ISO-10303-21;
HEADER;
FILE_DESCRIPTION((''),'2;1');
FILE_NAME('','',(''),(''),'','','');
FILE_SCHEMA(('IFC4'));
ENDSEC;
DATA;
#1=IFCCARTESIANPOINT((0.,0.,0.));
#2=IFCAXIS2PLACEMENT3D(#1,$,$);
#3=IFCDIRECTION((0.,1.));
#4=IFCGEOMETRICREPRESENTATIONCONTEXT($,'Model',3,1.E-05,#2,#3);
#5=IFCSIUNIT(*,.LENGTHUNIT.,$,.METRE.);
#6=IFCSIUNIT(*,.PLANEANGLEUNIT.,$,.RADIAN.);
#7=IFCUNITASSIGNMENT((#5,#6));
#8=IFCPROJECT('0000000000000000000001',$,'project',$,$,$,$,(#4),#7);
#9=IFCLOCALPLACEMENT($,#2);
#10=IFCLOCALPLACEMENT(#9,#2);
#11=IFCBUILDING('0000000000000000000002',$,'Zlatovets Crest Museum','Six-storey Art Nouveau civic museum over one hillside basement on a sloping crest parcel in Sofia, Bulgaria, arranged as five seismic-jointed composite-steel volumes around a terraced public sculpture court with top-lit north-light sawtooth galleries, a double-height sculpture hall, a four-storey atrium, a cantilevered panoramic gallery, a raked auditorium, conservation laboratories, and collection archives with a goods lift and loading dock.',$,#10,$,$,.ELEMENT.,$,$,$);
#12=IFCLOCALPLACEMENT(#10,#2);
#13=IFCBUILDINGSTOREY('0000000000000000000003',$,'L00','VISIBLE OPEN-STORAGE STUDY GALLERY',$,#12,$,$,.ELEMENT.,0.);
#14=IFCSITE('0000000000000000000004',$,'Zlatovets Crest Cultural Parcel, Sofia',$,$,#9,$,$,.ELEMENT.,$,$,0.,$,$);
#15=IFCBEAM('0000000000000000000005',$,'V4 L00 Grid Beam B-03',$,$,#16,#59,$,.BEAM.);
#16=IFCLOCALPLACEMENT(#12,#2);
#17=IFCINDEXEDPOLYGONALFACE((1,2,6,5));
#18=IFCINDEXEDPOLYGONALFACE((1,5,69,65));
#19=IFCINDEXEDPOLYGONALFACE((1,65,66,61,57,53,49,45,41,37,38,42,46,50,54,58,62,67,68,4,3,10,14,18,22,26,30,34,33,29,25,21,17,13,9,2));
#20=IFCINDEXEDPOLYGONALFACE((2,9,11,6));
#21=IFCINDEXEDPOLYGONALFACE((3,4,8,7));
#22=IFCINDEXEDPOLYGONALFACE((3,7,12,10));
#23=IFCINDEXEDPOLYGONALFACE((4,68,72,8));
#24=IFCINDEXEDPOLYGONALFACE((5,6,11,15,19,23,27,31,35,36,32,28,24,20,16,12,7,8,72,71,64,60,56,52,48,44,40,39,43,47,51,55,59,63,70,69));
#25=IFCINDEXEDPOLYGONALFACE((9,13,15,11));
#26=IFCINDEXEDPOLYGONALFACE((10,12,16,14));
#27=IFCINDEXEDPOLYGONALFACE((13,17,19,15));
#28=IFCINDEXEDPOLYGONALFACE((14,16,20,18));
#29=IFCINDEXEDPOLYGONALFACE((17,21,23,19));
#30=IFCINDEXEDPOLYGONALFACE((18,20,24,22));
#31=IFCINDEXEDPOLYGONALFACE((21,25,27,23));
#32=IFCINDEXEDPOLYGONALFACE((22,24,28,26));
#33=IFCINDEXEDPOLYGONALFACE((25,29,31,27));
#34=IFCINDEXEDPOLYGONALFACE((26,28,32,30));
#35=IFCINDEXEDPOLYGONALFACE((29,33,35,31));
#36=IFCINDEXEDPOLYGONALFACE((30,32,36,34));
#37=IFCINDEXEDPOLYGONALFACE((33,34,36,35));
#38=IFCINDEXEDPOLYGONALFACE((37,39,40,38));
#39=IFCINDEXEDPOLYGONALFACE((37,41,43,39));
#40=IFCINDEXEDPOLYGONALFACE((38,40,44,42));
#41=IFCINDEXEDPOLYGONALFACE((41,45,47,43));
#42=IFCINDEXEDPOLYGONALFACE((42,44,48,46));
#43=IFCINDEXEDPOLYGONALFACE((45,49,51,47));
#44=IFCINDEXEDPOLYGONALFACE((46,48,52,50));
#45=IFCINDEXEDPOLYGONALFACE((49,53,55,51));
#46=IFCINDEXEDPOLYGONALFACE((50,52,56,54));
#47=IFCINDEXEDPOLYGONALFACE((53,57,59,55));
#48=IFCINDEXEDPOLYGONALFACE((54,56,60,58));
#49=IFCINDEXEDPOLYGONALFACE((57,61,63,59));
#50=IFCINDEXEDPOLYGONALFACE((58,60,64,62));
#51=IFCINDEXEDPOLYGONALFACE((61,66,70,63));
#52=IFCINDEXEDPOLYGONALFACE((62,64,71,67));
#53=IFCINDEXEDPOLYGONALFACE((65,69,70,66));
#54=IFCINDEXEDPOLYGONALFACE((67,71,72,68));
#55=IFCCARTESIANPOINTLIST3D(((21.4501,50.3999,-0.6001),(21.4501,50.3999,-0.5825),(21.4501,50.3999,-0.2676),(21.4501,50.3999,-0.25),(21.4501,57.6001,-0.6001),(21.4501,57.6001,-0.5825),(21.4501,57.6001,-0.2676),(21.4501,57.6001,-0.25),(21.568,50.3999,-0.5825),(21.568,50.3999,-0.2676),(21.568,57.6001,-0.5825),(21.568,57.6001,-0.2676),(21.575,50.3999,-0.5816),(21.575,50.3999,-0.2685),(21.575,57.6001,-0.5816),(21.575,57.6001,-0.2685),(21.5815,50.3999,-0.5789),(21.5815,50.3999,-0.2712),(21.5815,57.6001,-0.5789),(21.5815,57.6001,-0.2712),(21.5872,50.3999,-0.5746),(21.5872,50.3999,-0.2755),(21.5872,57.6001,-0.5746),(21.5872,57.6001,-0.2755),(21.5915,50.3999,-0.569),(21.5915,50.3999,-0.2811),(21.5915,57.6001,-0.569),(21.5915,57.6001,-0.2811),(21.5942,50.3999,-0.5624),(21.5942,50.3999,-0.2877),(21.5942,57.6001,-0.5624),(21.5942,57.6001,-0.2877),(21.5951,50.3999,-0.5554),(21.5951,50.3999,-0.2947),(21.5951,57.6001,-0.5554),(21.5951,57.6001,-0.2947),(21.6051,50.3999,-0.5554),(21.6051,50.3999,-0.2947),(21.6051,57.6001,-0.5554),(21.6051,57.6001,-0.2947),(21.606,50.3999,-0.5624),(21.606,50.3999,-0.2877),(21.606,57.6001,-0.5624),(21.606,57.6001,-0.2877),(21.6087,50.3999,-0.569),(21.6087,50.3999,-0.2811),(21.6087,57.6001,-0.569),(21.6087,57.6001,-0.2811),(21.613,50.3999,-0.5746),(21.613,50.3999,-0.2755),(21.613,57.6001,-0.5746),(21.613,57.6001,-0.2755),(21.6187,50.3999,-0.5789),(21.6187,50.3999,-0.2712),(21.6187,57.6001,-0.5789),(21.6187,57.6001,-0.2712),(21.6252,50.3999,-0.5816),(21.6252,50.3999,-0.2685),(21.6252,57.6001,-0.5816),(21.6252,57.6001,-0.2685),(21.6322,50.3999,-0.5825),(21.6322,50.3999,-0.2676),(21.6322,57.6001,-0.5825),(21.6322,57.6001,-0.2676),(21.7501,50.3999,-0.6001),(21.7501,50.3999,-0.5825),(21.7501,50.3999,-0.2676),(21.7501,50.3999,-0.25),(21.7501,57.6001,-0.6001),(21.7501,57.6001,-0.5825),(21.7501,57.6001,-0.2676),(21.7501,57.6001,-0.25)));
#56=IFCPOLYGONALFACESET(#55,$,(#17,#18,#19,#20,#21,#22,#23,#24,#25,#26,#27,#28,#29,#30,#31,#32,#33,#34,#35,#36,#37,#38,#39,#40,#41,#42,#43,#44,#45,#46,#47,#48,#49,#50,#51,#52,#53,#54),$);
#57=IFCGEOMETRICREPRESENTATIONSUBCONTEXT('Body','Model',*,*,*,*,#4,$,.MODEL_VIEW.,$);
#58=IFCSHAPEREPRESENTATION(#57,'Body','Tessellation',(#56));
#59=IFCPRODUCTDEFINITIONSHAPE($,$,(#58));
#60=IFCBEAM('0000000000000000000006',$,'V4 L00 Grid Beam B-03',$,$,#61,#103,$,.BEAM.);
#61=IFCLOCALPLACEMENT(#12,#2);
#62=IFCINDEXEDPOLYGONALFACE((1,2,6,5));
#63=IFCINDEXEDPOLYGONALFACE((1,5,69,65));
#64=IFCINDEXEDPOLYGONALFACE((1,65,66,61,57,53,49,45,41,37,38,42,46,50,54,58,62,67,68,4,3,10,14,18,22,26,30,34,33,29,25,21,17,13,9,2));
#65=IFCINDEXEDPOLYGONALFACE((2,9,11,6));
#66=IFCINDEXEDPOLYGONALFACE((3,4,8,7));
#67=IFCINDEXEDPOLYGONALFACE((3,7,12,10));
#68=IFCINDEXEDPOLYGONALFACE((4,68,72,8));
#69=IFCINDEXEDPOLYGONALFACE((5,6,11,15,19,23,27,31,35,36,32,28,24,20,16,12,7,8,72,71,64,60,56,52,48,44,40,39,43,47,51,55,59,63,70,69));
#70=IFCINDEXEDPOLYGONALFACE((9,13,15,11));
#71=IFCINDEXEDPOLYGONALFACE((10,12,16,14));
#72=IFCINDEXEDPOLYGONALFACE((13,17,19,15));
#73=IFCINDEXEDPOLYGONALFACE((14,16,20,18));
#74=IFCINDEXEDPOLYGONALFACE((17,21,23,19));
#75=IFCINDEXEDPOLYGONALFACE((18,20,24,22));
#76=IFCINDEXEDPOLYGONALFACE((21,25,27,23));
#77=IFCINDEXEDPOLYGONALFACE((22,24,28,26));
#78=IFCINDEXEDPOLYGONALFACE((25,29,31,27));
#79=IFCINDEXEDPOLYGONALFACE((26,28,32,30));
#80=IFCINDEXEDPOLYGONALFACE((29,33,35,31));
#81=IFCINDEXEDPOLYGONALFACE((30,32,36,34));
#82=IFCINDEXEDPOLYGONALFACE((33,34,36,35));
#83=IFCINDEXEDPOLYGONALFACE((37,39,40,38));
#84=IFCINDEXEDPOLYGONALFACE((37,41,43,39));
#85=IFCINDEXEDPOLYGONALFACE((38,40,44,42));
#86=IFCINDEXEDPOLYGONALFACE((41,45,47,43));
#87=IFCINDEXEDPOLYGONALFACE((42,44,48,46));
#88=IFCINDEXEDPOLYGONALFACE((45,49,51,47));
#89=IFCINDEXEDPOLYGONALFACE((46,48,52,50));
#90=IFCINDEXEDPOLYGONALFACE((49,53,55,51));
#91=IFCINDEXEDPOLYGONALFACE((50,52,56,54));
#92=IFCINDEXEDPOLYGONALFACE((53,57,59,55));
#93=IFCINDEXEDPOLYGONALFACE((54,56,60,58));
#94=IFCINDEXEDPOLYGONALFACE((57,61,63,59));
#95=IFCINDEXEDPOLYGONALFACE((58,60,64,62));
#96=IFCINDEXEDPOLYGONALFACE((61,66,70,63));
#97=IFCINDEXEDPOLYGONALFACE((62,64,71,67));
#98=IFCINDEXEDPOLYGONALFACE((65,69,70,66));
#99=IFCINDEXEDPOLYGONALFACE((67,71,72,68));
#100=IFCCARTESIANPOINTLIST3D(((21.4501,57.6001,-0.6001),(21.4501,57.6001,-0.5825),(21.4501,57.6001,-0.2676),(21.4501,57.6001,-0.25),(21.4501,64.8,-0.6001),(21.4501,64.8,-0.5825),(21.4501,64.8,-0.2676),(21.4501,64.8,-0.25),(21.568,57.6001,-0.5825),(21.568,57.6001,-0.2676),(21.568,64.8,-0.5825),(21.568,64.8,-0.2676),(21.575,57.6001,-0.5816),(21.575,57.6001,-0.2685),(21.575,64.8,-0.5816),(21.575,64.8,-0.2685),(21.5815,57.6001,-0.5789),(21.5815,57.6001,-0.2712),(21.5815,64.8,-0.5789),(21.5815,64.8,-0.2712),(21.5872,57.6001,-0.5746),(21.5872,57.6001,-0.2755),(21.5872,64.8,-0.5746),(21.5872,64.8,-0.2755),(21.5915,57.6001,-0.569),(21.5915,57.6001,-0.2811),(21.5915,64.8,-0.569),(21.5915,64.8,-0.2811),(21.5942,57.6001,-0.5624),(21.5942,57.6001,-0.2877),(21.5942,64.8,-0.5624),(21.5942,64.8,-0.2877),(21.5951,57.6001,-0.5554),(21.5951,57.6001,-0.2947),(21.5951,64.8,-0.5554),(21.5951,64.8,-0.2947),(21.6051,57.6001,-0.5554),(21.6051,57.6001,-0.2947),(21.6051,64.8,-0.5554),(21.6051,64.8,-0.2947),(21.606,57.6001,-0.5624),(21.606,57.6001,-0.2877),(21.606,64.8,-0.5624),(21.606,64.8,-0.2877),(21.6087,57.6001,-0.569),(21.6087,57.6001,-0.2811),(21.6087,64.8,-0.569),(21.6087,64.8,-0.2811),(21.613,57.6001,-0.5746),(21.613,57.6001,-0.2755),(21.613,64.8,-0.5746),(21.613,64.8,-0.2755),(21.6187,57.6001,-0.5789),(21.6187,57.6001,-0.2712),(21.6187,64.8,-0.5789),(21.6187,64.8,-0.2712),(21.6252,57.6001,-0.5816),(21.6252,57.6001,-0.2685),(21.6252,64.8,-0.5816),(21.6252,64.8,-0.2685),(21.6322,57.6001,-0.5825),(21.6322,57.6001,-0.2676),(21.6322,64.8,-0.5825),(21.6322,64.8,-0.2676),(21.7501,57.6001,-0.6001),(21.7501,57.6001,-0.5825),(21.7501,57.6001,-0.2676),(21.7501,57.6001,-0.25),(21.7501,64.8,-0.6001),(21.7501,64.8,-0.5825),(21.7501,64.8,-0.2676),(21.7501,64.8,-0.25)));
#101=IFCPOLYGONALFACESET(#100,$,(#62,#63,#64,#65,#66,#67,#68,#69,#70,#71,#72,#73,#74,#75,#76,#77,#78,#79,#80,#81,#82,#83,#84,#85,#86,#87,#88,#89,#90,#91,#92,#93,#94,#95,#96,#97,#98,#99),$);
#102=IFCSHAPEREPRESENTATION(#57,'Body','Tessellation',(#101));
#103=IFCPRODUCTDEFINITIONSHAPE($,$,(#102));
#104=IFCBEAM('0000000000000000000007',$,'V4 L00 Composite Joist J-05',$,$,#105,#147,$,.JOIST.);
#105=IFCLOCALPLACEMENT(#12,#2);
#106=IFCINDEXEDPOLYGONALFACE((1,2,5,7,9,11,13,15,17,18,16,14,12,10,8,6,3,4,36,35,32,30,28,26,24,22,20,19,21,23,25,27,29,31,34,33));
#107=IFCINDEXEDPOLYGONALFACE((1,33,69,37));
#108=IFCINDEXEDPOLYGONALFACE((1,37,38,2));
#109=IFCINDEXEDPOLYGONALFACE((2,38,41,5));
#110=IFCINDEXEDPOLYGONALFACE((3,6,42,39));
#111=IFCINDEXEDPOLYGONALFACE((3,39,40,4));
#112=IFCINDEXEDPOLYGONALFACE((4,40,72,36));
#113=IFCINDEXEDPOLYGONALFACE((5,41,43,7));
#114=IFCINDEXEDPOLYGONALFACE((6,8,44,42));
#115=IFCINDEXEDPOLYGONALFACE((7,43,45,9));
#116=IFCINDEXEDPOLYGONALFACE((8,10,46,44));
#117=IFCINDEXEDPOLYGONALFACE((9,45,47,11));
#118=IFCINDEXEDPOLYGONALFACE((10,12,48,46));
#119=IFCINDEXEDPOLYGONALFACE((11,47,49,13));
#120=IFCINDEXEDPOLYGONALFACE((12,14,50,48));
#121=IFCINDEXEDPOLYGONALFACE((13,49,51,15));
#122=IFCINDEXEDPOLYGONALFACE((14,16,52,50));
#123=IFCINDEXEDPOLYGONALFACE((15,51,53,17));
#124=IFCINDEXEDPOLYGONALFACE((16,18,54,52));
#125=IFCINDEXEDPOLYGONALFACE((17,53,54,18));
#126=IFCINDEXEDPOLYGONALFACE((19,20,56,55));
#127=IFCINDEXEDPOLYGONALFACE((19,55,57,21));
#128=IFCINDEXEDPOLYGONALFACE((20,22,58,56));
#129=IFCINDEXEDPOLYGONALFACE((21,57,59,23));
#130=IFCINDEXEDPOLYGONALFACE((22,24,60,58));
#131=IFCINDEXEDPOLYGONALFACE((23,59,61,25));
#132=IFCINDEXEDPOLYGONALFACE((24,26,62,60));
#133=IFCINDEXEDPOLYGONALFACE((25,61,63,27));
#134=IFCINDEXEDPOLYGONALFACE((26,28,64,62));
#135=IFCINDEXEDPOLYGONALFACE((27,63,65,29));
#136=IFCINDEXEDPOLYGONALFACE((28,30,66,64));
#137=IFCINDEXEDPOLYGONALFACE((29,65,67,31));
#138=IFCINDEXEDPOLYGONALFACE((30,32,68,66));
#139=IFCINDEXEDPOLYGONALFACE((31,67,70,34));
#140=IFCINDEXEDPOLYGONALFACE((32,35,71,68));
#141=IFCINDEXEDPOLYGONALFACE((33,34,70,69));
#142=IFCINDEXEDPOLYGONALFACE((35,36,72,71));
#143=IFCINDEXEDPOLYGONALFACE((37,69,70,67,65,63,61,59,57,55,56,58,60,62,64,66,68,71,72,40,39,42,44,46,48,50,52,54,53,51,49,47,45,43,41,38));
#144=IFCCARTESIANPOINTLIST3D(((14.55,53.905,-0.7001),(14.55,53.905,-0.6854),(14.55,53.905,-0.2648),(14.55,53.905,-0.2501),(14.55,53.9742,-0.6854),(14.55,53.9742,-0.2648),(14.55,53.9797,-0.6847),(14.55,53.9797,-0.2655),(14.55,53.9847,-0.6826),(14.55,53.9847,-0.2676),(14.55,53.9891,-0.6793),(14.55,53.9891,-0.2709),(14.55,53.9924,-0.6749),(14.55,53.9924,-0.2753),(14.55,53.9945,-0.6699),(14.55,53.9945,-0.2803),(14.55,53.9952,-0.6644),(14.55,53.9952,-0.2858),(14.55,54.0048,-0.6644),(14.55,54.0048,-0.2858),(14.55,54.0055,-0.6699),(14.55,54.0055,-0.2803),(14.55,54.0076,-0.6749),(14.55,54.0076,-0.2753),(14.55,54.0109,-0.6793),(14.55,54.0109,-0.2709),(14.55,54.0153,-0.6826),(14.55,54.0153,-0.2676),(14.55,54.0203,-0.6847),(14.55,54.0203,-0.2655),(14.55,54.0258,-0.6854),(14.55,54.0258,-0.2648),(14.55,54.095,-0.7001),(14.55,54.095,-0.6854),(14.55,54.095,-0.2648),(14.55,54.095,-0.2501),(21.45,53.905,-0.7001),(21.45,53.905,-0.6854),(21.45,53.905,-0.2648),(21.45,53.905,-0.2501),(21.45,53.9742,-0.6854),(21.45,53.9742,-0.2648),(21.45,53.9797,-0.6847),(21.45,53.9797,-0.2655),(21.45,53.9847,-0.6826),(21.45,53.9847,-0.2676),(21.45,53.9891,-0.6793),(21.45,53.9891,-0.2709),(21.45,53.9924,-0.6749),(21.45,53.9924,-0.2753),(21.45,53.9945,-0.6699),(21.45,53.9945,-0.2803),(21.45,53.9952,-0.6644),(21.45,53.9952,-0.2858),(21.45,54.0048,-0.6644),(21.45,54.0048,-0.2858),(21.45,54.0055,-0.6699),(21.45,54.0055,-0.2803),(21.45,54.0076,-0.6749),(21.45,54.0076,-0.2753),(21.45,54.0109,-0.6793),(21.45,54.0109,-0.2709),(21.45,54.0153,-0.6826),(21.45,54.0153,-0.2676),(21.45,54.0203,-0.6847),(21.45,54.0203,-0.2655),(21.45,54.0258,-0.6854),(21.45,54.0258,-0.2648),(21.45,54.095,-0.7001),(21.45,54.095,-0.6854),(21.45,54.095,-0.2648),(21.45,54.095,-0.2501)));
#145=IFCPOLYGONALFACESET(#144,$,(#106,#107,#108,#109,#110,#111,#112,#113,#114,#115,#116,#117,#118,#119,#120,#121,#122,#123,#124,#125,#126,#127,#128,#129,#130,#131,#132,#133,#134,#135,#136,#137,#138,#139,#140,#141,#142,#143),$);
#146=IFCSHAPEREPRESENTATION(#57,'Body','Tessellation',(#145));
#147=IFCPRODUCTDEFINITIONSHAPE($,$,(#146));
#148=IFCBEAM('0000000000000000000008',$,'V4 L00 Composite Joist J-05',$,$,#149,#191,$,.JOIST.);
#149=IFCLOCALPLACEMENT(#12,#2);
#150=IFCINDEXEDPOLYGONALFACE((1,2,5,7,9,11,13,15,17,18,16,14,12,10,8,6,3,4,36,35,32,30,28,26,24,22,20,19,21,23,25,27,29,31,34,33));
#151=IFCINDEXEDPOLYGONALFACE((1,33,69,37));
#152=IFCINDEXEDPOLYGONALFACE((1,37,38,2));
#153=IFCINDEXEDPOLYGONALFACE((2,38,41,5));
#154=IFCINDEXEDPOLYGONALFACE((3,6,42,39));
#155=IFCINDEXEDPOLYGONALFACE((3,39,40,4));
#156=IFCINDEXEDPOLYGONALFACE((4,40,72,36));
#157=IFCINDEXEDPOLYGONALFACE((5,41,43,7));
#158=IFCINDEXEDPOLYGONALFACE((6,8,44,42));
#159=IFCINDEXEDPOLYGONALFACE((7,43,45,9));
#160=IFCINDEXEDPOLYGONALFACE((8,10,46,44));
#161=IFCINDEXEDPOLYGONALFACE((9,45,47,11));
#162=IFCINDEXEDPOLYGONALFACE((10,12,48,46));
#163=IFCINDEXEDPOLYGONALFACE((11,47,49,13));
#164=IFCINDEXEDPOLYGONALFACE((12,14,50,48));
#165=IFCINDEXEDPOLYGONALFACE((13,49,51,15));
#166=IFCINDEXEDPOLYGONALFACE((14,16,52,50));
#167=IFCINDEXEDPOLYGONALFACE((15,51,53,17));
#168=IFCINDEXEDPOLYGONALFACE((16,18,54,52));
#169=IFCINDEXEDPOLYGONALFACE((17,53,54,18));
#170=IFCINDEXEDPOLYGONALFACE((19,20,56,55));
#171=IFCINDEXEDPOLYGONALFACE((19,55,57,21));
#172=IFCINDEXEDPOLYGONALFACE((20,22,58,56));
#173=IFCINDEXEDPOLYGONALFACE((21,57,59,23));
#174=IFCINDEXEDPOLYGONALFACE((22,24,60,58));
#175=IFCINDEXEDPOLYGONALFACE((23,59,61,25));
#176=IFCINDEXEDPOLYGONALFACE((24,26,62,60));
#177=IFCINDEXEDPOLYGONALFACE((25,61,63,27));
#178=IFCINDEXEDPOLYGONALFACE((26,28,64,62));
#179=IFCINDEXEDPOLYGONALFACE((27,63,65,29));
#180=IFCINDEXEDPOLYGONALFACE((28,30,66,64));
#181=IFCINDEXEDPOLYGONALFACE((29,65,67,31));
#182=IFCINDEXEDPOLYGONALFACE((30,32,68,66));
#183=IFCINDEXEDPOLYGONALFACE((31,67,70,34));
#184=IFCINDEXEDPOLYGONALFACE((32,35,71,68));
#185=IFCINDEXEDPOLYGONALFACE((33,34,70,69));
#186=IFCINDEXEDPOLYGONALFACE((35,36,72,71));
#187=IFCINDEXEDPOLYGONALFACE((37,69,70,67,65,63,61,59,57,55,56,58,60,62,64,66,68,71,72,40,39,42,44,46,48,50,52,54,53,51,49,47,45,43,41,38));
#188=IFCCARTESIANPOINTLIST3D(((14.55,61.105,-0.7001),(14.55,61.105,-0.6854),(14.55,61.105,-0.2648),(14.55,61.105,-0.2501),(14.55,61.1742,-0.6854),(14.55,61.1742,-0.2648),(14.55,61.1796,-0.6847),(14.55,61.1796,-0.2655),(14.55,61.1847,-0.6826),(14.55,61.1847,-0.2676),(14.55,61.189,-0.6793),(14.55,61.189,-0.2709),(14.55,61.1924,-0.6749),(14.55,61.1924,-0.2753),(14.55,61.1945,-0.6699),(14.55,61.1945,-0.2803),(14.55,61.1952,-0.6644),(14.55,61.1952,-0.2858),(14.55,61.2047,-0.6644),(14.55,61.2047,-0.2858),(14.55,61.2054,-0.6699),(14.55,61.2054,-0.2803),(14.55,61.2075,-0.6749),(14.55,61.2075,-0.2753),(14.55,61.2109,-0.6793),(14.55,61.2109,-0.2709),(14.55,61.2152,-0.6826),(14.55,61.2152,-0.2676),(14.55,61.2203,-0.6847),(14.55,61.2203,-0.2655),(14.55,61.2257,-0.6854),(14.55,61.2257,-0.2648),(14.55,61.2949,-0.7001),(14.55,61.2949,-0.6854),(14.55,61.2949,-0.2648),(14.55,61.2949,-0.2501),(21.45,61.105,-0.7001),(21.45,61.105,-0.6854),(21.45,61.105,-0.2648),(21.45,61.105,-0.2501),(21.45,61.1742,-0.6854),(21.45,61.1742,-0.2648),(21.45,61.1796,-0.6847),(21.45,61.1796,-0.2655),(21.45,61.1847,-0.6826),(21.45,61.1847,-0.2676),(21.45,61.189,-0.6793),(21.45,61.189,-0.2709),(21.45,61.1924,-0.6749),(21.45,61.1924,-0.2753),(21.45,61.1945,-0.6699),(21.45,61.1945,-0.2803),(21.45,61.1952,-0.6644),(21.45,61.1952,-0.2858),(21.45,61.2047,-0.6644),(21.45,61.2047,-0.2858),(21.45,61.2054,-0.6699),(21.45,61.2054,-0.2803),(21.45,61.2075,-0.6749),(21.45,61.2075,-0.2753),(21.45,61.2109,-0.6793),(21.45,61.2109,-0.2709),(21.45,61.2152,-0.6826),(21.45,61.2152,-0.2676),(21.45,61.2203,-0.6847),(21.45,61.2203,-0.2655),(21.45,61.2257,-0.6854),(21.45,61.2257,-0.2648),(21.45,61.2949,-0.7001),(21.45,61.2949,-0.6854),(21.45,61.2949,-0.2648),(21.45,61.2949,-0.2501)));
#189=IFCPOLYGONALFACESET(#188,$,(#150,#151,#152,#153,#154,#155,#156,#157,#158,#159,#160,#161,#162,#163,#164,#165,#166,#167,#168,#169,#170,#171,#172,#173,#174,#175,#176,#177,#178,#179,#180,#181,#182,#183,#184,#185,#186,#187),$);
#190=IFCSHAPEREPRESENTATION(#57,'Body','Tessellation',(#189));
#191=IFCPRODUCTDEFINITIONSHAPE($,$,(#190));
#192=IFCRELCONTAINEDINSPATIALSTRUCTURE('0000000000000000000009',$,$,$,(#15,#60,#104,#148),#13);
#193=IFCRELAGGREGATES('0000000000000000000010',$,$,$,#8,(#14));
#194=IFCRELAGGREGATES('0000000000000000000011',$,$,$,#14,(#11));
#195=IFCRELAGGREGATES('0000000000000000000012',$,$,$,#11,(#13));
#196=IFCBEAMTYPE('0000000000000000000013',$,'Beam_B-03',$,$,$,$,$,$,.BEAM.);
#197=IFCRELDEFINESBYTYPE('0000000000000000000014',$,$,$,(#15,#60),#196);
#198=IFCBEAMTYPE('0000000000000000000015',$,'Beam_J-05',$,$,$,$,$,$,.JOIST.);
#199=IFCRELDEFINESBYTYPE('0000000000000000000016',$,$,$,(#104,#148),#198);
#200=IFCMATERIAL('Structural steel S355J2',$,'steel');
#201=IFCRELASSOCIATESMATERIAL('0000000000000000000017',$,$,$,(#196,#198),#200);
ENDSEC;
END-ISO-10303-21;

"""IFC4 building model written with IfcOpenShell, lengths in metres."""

from ifc_helpers import new_model, si_unit, direction, frame, origin, origin_2d, place, context, subcontext, project, spatial, i_section, extrude, material, material_profile, profile_set, type_object, element, save


model = new_model("IFC4")

# Units and contexts
model_context = context("Model", 3, precision=1e-05, world=origin(), true_north=direction((0.0, 1.0)))
body_context = subcontext(model_context, "Body", "Model", "MODEL_VIEW")
ifc_project = project(units=[si_unit("LENGTHUNIT", "METRE"), si_unit("PLANEANGLEUNIT", "RADIAN")], contexts=[model_context])

# Site, building, storey
site_placement = place(None, origin())
site = spatial("IfcSite", under=ifc_project, at=site_placement, Name="Zlatovets Crest Cultural Parcel, Sofia", CompositionType="ELEMENT", RefElevation=0.0)
building_placement = place(site_placement, origin())
building = spatial("IfcBuilding", under=site, at=building_placement, Name="Zlatovets Crest Museum", Description="Six-storey Art Nouveau civic museum over one hillside basement on a sloping crest parcel in Sofia, Bulgaria, arranged as five seismic-jointed composite-steel volumes around a terraced public sculpture court with top-lit north-light sawtooth galleries, a double-height sculpture hall, a four-storey atrium, a cantilevered panoramic gallery, a raked auditorium, conservation laboratories, and collection archives with a goods lift and loading dock.", CompositionType="ELEMENT")
storey_placement = place(building_placement, origin())
storey = spatial("IfcBuildingStorey", under=building, at=storey_placement, Name="L00", Description="VISIBLE OPEN-STORAGE STUDY GALLERY", CompositionType="ELEMENT", Elevation=0.0)

# Shared definitions
ifc_material_1 = material(Name="Structural steel S355J2", Category="steel")

# Beams
ifc_material_profile_1 = material_profile(ifc_material_1, i_section(OverallWidth=0.3, OverallDepth=0.3501, WebThickness=0.01, FlangeThickness=0.0176, FilletRadius=0.0271, at=origin_2d()), Name="HEA 360")
ifc_profile_set_1 = profile_set([ifc_material_profile_1], Name="Structural steel S355J2")
beam_type_1 = type_object("IfcBeamType", Name="Beam_B-03", PredefinedType="BEAM", material=ifc_profile_set_1)
beam_1_placement = place(storey_placement, frame((21.6001, 50.3999, -0.425), z_axis=(0.0, 1.0, 0.0), x_axis=(-1.0, 0.0, 0.0)))
element("IfcBeam", 1, at=beam_1_placement, inside=storey, type_object=beam_type_1, Name="V4 L00 Grid Beam B-03", PredefinedType="BEAM", context=body_context, shape_type="SweptSolid", body=[
    extrude(i_section(OverallWidth=0.3, OverallDepth=0.3501, WebThickness=0.01, FlangeThickness=0.0176, FilletRadius=0.0271, at=origin_2d()), origin(), (0.0, 0.0, 1.0), 7.2002),
])
beam_2_placement = place(storey_placement, frame((21.6001, 57.6001, -0.425), z_axis=(0.0, 1.0, 0.0), x_axis=(-1.0, 0.0, 0.0)))
element("IfcBeam", 2, at=beam_2_placement, inside=storey, type_object=beam_type_1, Name="V4 L00 Grid Beam B-03", PredefinedType="BEAM", context=body_context, shape_type="SweptSolid", body=[
    extrude(i_section(OverallWidth=0.3, OverallDepth=0.3501, WebThickness=0.01, FlangeThickness=0.0176, FilletRadius=0.0271, at=origin_2d()), origin(), (0.0, 0.0, 1.0), 7.2),
])
ifc_material_profile_2 = material_profile(ifc_material_1, i_section(OverallWidth=0.1899, OverallDepth=0.45, WebThickness=0.0095, FlangeThickness=0.0146, FilletRadius=0.021, at=origin_2d()), Name="IPE 450")
ifc_profile_set_2 = profile_set([ifc_material_profile_2], Name="Structural steel S355J2")
beam_type_2 = type_object("IfcBeamType", Name="Beam_J-05", PredefinedType="JOIST", material=ifc_profile_set_2)
for number, where, z_axis, x_axis, name in (
    (3, (14.55, 54.0, -0.4751), (1.0, 0.0, 0.0), (0.0, 1.0, 0.0), "V4 L00 Composite Joist J-05"),
    (4, (14.55, 61.2, -0.4751), (1.0, 0.0, 0.0), (0.0, 1.0, 0.0), "V4 L00 Composite Joist J-05"),
):
    element("IfcBeam", number, at=place(storey_placement, frame(where, z_axis=z_axis, x_axis=x_axis)), inside=storey, type_object=beam_type_2, Name=name, PredefinedType="JOIST", context=body_context, shape_type="SweptSolid", body=[
        extrude(i_section(OverallWidth=0.1899, OverallDepth=0.45, WebThickness=0.0095, FlangeThickness=0.0146, FilletRadius=0.021, at=origin_2d()), origin(), (0.0, 0.0, 1.0), 6.8999),
    ])

save(model, "model.ifc")
